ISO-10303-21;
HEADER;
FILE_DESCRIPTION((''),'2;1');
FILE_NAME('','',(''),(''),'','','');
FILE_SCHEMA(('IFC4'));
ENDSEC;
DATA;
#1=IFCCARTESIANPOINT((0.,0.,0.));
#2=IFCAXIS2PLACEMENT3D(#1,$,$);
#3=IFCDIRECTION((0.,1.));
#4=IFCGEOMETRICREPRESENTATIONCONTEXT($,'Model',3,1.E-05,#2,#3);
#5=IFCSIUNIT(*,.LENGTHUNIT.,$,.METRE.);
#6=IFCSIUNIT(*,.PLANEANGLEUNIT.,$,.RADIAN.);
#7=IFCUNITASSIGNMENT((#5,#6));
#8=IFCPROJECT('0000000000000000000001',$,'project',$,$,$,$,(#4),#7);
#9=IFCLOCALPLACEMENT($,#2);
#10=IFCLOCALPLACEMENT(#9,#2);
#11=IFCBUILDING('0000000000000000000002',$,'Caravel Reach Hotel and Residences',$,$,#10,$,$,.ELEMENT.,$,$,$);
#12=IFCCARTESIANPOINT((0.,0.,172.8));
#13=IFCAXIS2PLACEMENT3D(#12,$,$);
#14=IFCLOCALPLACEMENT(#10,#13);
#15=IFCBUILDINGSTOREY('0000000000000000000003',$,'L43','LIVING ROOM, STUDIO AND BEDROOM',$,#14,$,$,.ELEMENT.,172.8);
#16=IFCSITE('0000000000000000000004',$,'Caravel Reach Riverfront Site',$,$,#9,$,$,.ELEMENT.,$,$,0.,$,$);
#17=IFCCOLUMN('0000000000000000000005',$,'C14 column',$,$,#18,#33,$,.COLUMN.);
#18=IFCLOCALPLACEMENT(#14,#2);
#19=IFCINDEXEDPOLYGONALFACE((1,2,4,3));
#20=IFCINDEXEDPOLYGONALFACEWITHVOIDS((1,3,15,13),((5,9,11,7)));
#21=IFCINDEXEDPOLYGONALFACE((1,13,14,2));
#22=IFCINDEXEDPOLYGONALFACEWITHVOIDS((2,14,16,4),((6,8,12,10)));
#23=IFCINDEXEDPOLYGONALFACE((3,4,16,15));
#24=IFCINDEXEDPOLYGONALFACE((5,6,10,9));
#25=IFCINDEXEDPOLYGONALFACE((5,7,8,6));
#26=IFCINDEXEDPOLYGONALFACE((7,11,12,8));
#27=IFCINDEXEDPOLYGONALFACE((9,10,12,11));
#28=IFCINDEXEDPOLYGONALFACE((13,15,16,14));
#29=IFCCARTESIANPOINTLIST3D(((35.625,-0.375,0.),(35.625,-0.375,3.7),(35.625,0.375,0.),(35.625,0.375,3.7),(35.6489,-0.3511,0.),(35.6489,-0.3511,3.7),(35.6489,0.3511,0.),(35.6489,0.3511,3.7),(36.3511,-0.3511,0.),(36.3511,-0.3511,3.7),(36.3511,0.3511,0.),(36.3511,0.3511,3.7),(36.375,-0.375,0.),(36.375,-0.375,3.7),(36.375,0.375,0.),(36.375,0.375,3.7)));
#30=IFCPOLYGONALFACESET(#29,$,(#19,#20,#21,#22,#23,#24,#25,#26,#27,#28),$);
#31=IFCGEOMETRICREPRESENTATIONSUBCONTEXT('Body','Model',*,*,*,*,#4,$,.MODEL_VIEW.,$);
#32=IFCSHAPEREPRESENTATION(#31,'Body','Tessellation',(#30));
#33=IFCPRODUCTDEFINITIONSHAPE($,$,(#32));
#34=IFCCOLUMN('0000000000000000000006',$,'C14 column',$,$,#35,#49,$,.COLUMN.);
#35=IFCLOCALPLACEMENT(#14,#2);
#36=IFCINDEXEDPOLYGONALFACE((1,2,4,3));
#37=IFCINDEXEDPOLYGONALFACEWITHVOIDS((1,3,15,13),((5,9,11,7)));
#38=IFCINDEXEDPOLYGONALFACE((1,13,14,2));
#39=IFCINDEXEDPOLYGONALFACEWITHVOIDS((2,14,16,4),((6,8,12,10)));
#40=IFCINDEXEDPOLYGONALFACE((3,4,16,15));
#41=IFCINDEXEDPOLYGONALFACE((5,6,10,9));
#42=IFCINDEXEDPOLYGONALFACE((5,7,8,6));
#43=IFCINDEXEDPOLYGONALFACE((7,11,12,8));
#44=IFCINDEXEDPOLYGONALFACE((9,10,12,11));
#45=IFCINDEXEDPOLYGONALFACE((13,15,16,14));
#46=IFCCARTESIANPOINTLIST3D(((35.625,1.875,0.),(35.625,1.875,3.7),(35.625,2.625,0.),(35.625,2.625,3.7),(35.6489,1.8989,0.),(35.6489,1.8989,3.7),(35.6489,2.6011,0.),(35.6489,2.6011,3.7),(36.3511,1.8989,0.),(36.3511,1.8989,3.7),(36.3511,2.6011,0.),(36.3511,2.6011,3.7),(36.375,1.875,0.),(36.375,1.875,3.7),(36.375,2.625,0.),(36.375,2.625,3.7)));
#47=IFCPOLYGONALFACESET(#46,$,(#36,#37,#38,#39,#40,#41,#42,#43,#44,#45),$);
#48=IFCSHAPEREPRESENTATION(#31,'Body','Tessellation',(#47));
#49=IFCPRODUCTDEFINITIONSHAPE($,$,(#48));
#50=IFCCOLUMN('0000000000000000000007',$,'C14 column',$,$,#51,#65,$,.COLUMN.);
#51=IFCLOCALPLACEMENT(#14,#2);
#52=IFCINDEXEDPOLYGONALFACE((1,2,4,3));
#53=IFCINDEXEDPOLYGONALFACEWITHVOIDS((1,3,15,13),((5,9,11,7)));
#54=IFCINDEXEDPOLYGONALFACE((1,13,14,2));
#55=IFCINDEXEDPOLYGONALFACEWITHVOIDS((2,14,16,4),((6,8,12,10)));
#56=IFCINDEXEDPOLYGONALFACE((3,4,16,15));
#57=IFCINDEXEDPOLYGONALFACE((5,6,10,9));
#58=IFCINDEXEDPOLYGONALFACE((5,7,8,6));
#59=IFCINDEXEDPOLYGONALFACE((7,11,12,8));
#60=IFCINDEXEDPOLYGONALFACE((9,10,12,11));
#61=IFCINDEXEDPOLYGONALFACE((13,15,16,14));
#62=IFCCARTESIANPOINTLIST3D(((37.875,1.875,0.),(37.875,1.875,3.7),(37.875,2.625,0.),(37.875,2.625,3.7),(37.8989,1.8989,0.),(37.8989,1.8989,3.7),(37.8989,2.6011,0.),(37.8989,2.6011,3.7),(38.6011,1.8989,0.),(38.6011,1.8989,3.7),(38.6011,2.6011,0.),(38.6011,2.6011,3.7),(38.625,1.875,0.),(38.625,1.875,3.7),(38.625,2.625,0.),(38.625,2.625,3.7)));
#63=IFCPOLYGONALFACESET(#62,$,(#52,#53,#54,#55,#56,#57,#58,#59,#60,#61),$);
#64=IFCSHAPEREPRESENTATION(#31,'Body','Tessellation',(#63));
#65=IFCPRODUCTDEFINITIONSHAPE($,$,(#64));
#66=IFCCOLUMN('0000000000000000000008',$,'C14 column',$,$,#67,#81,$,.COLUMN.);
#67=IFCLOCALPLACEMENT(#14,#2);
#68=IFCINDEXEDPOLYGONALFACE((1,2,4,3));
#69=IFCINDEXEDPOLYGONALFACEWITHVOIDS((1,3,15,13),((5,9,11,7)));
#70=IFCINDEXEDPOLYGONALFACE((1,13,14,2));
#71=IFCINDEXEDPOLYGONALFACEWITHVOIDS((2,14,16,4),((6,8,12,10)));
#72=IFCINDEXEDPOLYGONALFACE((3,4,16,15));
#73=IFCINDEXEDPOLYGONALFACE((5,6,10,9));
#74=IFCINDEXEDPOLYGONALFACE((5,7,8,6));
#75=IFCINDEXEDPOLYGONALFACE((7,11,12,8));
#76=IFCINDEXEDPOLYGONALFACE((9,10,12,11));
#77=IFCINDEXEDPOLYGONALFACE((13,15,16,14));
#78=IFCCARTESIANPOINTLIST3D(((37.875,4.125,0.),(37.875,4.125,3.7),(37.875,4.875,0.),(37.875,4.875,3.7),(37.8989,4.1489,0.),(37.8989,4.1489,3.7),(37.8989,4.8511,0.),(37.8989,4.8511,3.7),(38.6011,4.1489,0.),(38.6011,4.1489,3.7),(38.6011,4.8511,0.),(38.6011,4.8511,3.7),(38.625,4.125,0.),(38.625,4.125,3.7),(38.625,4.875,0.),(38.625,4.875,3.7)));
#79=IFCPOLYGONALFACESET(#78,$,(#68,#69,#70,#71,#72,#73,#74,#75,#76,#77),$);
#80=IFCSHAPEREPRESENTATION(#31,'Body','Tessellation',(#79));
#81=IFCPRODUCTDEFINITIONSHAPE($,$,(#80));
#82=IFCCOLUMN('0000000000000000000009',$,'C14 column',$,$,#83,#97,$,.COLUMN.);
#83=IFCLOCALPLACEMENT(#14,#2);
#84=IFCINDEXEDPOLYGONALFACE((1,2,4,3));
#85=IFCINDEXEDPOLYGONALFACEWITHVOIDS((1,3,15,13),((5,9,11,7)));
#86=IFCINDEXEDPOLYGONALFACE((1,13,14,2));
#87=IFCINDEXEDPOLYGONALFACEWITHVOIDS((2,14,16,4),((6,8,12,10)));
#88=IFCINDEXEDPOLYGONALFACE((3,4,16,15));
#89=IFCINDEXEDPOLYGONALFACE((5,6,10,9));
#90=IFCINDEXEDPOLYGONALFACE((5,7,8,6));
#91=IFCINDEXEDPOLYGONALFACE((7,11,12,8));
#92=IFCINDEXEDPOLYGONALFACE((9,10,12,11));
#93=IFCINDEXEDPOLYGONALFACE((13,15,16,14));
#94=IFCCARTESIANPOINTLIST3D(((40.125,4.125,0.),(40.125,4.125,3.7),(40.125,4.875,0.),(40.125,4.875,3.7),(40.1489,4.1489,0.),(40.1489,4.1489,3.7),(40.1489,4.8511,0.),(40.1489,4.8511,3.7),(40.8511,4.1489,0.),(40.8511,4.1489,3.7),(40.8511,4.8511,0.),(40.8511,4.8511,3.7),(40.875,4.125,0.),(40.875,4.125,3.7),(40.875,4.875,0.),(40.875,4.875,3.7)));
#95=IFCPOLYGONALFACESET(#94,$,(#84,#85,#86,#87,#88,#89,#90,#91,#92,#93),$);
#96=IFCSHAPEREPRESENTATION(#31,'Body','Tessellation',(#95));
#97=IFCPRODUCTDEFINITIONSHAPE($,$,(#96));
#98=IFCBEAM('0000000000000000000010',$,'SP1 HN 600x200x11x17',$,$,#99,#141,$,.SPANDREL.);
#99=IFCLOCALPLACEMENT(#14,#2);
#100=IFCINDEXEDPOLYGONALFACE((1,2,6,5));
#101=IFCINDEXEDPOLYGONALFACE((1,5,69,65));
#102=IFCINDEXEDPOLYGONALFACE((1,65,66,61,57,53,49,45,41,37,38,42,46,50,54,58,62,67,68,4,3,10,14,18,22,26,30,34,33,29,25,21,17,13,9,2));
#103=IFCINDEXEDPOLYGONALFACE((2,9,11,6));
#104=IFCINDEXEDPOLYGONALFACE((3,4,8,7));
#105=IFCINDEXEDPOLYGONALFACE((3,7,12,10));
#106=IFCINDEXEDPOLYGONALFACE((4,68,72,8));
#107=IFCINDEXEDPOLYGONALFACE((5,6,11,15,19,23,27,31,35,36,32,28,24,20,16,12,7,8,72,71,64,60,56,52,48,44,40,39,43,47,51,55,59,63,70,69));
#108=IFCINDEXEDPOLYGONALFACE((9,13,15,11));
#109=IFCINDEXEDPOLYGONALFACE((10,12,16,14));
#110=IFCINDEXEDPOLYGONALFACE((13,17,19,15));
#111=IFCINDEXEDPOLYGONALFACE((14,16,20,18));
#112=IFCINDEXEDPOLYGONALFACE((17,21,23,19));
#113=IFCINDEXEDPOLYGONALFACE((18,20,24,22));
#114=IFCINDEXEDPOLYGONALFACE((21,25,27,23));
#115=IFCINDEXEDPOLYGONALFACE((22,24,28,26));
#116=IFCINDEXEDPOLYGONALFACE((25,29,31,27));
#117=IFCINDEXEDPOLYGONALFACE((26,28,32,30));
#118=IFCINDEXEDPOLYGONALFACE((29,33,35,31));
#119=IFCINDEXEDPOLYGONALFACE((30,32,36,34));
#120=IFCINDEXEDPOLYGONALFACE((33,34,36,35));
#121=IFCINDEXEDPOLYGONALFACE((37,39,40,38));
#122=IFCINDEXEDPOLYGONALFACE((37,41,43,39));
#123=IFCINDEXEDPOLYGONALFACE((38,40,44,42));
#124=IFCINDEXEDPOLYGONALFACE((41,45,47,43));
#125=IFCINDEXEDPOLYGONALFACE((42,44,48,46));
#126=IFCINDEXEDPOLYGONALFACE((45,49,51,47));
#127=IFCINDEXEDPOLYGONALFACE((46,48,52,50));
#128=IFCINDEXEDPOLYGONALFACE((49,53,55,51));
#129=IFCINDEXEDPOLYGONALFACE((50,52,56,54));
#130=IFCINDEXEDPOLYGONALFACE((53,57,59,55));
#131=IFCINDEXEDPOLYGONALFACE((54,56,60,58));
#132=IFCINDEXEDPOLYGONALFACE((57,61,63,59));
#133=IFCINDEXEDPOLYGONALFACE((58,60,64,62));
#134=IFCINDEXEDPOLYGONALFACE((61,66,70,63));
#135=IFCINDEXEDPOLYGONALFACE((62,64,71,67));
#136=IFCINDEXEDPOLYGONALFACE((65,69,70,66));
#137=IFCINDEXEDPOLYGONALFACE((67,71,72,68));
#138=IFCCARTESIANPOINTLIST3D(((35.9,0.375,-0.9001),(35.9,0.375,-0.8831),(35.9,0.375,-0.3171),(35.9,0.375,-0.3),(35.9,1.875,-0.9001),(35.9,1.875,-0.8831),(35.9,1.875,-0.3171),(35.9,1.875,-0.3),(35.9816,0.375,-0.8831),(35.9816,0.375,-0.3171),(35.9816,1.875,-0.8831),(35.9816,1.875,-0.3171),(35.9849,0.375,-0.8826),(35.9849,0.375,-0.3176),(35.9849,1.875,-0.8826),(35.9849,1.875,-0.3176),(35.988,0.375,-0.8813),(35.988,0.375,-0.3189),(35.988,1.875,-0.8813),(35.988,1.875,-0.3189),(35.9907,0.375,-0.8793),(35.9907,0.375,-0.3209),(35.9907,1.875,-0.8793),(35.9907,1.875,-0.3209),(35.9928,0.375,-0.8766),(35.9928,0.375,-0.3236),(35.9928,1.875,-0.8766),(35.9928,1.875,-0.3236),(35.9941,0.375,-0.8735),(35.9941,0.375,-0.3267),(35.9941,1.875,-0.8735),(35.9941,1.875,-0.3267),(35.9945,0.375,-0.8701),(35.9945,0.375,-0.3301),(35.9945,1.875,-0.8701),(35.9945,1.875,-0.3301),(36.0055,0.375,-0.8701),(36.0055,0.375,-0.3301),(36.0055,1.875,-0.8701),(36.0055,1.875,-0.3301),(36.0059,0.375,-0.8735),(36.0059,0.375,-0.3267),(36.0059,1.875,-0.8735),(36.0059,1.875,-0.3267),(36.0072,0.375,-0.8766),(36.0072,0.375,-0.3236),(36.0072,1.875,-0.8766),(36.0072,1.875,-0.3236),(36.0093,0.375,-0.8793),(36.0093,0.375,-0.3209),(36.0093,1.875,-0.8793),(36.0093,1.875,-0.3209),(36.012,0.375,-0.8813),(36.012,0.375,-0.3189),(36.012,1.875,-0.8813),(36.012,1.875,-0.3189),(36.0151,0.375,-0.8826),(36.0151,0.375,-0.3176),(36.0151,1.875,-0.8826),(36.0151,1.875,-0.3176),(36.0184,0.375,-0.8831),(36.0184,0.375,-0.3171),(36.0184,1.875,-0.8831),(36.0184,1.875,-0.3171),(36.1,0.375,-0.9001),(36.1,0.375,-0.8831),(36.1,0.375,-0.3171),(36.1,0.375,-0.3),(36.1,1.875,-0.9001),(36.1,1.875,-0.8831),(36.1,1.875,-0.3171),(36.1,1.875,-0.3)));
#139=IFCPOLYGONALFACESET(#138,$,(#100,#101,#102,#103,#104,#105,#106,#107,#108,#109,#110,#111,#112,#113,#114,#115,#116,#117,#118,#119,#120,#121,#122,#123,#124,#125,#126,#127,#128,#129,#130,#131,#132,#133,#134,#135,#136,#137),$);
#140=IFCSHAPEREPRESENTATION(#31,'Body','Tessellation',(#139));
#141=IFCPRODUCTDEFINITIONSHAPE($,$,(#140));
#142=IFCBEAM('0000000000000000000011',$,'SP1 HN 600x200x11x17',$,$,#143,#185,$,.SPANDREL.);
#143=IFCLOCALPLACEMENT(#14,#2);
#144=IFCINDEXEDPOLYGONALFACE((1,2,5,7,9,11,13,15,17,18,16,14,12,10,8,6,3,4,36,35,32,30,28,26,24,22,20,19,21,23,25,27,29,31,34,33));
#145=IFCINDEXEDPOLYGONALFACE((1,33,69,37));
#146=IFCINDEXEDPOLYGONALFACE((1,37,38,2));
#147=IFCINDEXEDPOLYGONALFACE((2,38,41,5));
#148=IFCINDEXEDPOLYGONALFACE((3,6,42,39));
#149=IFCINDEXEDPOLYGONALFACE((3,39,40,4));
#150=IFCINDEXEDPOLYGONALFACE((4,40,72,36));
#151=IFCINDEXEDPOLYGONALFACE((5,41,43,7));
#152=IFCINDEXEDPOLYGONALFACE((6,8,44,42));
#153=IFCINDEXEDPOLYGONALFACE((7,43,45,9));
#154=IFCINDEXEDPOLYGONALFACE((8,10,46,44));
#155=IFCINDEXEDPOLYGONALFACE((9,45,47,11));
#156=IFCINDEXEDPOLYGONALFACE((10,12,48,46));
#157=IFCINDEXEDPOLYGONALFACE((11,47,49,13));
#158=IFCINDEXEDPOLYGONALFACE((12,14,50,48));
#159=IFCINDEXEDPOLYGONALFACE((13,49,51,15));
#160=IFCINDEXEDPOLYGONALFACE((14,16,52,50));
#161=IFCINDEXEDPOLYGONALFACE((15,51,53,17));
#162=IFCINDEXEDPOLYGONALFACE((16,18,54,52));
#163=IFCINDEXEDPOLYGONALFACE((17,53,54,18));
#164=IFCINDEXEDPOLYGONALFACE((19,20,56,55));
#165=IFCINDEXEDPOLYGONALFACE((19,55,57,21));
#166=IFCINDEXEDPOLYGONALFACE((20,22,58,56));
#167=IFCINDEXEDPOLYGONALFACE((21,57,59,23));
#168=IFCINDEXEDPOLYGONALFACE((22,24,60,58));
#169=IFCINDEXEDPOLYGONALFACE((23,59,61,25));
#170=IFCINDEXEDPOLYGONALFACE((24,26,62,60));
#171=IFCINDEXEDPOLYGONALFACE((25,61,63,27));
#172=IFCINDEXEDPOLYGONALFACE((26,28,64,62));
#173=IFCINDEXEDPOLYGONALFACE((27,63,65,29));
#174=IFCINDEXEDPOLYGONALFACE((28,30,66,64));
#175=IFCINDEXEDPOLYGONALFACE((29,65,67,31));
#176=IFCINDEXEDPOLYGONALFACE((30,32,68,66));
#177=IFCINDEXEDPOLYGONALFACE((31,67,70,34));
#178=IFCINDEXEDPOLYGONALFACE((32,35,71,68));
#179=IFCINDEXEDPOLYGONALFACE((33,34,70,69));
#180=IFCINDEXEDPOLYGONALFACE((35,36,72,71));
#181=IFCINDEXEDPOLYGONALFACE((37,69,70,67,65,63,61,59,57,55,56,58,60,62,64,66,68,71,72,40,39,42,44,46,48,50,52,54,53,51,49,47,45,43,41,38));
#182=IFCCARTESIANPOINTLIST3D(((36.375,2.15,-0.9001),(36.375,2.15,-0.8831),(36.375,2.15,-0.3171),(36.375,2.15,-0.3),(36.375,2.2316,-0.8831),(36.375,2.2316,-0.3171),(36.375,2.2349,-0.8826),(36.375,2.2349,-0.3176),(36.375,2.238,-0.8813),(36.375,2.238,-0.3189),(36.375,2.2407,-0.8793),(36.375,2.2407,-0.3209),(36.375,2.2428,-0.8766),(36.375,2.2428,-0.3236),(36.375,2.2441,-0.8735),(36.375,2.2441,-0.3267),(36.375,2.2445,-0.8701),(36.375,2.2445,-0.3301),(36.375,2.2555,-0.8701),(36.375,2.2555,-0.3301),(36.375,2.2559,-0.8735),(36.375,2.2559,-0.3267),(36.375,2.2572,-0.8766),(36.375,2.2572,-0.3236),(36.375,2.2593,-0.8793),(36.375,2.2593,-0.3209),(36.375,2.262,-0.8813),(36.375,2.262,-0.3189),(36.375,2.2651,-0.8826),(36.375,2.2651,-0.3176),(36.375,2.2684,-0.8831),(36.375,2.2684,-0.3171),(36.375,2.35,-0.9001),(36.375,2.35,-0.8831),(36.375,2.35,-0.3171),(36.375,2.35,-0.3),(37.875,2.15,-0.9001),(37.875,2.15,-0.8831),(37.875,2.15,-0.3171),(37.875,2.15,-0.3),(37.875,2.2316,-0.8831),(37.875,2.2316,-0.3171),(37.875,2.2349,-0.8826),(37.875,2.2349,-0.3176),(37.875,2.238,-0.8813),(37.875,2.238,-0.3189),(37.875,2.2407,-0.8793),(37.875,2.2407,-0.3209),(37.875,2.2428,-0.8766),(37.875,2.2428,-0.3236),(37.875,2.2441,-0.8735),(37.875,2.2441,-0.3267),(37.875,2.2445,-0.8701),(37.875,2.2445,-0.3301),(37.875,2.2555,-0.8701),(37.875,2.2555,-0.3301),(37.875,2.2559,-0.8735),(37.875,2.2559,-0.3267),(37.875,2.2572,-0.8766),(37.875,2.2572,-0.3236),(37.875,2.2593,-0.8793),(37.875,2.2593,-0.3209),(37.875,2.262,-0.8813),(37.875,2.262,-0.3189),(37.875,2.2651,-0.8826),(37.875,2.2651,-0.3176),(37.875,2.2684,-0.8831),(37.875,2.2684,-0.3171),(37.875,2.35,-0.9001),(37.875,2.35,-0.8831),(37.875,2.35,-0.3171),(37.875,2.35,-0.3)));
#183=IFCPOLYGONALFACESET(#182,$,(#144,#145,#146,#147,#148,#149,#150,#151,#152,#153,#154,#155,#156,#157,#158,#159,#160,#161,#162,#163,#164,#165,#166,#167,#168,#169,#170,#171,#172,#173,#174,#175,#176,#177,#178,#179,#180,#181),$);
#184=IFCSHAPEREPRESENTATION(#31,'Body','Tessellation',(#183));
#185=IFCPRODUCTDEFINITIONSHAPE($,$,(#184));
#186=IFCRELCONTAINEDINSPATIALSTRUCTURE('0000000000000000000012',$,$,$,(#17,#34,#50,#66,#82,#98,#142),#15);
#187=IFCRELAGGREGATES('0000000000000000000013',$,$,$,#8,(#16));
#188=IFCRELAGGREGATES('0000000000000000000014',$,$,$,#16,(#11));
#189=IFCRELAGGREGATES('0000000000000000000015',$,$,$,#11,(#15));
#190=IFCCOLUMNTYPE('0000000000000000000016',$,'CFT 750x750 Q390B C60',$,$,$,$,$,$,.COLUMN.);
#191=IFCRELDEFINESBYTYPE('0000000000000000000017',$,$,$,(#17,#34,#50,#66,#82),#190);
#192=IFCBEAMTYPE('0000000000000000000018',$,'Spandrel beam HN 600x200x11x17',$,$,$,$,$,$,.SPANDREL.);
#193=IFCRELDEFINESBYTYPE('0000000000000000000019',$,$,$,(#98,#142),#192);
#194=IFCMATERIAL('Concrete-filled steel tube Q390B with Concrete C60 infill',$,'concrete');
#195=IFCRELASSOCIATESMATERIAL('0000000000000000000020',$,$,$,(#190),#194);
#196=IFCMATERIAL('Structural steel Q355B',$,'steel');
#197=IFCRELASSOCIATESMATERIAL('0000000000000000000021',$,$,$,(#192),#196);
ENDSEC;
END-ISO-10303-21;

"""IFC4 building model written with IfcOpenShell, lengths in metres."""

from ifc_helpers import new_model, si_unit, direction, frame, origin, origin_2d, place, context, subcontext, project, spatial, hollow_rectangle, i_section, extrude, material, material_profile, profile_set, type_object, element, save


model = new_model("IFC4")

# Units and contexts
model_context = context("Model", 3, precision=1e-05, world=origin(), true_north=direction((0.0, 1.0)))
body_context = subcontext(model_context, "Body", "Model", "MODEL_VIEW")
ifc_project = project(units=[si_unit("LENGTHUNIT", "METRE"), si_unit("PLANEANGLEUNIT", "RADIAN")], contexts=[model_context])

# Site, building, storey
site_placement = place(None, origin())
site = spatial("IfcSite", under=ifc_project, at=site_placement, Name="Caravel Reach Riverfront Site", CompositionType="ELEMENT", RefElevation=0.0)
building_placement = place(site_placement, origin())
building = spatial("IfcBuilding", under=site, at=building_placement, Name="Caravel Reach Hotel and Residences", CompositionType="ELEMENT")
storey_placement = place(building_placement, frame((0.0, 0.0, 172.8)))
storey = spatial("IfcBuildingStorey", under=building, at=storey_placement, Name="L43", Description="LIVING ROOM, STUDIO AND BEDROOM", CompositionType="ELEMENT", Elevation=172.8)

# Columns
ifc_material_1 = material(Name="Concrete-filled steel tube Q390B with Concrete C60 infill", Category="concrete")
ifc_material_profile_1 = material_profile(ifc_material_1, hollow_rectangle(XDim=0.75, YDim=0.75, WallThickness=0.0239, at=origin_2d()), Name="RHS 750x750x24")
ifc_profile_set_1 = profile_set([ifc_material_profile_1], Name="Concrete-filled steel tube Q390B with Concrete C60 infill")
column_type = type_object("IfcColumnType", Name="CFT 750x750 Q390B C60", PredefinedType="COLUMN", material=ifc_profile_set_1)
for number, where, z_axis, x_axis, name in (
    (1, (36.0, 0.0, 0.0), (0.0, 0.0, 1.0), (1.0, 0.0, 0.0), "C14 column"),
    (2, (36.0, 2.25, 0.0), (0.0, 0.0, 1.0), (1.0, 0.0, 0.0), "C14 column"),
    (3, (38.25, 2.25, 0.0), (0.0, 0.0, 1.0), (1.0, 0.0, 0.0), "C14 column"),
    (4, (38.25, 4.5, 0.0), (0.0, 0.0, 1.0), (1.0, 0.0, 0.0), "C14 column"),
    (5, (40.5, 4.5, 0.0), (0.0, 0.0, 1.0), (1.0, 0.0, 0.0), "C14 column"),
):
    element("IfcColumn", number, at=place(storey_placement, frame(where, z_axis=z_axis, x_axis=x_axis)), inside=storey, type_object=column_type, Name=name, PredefinedType="COLUMN", context=body_context, shape_type="SweptSolid", body=[
        extrude(hollow_rectangle(XDim=0.75, YDim=0.75, WallThickness=0.0239, at=origin_2d()), origin(), (0.0, 0.0, 1.0), 3.7),
    ])

# Beams
ifc_material_2 = material(Name="Structural steel Q355B", Category="steel")
ifc_material_profile_2 = material_profile(ifc_material_2, i_section(OverallWidth=0.2, OverallDepth=0.6001, WebThickness=0.011, FlangeThickness=0.0171, FilletRadius=0.0129, at=origin_2d()), Name="HN 600x200x11x17")
ifc_profile_set_2 = profile_set([ifc_material_profile_2], Name="Structural steel Q355B")
beam_type = type_object("IfcBeamType", Name="Spandrel beam HN 600x200x11x17", PredefinedType="SPANDREL", material=ifc_profile_set_2)
for number, where, z_axis, x_axis, name in (
    (6, (36.0, 0.375, -0.6001), (0.0, 1.0, 0.0), (-1.0, 0.0, 0.0), "SP1 HN 600x200x11x17"),
    (7, (36.375, 2.25, -0.6001), (1.0, 0.0, 0.0), (0.0, 1.0, 0.0), "SP1 HN 600x200x11x17"),
):
    element("IfcBeam", number, at=place(storey_placement, frame(where, z_axis=z_axis, x_axis=x_axis)), inside=storey, type_object=beam_type, Name=name, PredefinedType="SPANDREL", context=body_context, shape_type="SweptSolid", body=[
        extrude(i_section(OverallWidth=0.2, OverallDepth=0.6001, WebThickness=0.011, FlangeThickness=0.0171, FilletRadius=0.0129, at=origin_2d()), origin(), (0.0, 0.0, 1.0), 1.5),
    ])

save(model, "model.ifc")
